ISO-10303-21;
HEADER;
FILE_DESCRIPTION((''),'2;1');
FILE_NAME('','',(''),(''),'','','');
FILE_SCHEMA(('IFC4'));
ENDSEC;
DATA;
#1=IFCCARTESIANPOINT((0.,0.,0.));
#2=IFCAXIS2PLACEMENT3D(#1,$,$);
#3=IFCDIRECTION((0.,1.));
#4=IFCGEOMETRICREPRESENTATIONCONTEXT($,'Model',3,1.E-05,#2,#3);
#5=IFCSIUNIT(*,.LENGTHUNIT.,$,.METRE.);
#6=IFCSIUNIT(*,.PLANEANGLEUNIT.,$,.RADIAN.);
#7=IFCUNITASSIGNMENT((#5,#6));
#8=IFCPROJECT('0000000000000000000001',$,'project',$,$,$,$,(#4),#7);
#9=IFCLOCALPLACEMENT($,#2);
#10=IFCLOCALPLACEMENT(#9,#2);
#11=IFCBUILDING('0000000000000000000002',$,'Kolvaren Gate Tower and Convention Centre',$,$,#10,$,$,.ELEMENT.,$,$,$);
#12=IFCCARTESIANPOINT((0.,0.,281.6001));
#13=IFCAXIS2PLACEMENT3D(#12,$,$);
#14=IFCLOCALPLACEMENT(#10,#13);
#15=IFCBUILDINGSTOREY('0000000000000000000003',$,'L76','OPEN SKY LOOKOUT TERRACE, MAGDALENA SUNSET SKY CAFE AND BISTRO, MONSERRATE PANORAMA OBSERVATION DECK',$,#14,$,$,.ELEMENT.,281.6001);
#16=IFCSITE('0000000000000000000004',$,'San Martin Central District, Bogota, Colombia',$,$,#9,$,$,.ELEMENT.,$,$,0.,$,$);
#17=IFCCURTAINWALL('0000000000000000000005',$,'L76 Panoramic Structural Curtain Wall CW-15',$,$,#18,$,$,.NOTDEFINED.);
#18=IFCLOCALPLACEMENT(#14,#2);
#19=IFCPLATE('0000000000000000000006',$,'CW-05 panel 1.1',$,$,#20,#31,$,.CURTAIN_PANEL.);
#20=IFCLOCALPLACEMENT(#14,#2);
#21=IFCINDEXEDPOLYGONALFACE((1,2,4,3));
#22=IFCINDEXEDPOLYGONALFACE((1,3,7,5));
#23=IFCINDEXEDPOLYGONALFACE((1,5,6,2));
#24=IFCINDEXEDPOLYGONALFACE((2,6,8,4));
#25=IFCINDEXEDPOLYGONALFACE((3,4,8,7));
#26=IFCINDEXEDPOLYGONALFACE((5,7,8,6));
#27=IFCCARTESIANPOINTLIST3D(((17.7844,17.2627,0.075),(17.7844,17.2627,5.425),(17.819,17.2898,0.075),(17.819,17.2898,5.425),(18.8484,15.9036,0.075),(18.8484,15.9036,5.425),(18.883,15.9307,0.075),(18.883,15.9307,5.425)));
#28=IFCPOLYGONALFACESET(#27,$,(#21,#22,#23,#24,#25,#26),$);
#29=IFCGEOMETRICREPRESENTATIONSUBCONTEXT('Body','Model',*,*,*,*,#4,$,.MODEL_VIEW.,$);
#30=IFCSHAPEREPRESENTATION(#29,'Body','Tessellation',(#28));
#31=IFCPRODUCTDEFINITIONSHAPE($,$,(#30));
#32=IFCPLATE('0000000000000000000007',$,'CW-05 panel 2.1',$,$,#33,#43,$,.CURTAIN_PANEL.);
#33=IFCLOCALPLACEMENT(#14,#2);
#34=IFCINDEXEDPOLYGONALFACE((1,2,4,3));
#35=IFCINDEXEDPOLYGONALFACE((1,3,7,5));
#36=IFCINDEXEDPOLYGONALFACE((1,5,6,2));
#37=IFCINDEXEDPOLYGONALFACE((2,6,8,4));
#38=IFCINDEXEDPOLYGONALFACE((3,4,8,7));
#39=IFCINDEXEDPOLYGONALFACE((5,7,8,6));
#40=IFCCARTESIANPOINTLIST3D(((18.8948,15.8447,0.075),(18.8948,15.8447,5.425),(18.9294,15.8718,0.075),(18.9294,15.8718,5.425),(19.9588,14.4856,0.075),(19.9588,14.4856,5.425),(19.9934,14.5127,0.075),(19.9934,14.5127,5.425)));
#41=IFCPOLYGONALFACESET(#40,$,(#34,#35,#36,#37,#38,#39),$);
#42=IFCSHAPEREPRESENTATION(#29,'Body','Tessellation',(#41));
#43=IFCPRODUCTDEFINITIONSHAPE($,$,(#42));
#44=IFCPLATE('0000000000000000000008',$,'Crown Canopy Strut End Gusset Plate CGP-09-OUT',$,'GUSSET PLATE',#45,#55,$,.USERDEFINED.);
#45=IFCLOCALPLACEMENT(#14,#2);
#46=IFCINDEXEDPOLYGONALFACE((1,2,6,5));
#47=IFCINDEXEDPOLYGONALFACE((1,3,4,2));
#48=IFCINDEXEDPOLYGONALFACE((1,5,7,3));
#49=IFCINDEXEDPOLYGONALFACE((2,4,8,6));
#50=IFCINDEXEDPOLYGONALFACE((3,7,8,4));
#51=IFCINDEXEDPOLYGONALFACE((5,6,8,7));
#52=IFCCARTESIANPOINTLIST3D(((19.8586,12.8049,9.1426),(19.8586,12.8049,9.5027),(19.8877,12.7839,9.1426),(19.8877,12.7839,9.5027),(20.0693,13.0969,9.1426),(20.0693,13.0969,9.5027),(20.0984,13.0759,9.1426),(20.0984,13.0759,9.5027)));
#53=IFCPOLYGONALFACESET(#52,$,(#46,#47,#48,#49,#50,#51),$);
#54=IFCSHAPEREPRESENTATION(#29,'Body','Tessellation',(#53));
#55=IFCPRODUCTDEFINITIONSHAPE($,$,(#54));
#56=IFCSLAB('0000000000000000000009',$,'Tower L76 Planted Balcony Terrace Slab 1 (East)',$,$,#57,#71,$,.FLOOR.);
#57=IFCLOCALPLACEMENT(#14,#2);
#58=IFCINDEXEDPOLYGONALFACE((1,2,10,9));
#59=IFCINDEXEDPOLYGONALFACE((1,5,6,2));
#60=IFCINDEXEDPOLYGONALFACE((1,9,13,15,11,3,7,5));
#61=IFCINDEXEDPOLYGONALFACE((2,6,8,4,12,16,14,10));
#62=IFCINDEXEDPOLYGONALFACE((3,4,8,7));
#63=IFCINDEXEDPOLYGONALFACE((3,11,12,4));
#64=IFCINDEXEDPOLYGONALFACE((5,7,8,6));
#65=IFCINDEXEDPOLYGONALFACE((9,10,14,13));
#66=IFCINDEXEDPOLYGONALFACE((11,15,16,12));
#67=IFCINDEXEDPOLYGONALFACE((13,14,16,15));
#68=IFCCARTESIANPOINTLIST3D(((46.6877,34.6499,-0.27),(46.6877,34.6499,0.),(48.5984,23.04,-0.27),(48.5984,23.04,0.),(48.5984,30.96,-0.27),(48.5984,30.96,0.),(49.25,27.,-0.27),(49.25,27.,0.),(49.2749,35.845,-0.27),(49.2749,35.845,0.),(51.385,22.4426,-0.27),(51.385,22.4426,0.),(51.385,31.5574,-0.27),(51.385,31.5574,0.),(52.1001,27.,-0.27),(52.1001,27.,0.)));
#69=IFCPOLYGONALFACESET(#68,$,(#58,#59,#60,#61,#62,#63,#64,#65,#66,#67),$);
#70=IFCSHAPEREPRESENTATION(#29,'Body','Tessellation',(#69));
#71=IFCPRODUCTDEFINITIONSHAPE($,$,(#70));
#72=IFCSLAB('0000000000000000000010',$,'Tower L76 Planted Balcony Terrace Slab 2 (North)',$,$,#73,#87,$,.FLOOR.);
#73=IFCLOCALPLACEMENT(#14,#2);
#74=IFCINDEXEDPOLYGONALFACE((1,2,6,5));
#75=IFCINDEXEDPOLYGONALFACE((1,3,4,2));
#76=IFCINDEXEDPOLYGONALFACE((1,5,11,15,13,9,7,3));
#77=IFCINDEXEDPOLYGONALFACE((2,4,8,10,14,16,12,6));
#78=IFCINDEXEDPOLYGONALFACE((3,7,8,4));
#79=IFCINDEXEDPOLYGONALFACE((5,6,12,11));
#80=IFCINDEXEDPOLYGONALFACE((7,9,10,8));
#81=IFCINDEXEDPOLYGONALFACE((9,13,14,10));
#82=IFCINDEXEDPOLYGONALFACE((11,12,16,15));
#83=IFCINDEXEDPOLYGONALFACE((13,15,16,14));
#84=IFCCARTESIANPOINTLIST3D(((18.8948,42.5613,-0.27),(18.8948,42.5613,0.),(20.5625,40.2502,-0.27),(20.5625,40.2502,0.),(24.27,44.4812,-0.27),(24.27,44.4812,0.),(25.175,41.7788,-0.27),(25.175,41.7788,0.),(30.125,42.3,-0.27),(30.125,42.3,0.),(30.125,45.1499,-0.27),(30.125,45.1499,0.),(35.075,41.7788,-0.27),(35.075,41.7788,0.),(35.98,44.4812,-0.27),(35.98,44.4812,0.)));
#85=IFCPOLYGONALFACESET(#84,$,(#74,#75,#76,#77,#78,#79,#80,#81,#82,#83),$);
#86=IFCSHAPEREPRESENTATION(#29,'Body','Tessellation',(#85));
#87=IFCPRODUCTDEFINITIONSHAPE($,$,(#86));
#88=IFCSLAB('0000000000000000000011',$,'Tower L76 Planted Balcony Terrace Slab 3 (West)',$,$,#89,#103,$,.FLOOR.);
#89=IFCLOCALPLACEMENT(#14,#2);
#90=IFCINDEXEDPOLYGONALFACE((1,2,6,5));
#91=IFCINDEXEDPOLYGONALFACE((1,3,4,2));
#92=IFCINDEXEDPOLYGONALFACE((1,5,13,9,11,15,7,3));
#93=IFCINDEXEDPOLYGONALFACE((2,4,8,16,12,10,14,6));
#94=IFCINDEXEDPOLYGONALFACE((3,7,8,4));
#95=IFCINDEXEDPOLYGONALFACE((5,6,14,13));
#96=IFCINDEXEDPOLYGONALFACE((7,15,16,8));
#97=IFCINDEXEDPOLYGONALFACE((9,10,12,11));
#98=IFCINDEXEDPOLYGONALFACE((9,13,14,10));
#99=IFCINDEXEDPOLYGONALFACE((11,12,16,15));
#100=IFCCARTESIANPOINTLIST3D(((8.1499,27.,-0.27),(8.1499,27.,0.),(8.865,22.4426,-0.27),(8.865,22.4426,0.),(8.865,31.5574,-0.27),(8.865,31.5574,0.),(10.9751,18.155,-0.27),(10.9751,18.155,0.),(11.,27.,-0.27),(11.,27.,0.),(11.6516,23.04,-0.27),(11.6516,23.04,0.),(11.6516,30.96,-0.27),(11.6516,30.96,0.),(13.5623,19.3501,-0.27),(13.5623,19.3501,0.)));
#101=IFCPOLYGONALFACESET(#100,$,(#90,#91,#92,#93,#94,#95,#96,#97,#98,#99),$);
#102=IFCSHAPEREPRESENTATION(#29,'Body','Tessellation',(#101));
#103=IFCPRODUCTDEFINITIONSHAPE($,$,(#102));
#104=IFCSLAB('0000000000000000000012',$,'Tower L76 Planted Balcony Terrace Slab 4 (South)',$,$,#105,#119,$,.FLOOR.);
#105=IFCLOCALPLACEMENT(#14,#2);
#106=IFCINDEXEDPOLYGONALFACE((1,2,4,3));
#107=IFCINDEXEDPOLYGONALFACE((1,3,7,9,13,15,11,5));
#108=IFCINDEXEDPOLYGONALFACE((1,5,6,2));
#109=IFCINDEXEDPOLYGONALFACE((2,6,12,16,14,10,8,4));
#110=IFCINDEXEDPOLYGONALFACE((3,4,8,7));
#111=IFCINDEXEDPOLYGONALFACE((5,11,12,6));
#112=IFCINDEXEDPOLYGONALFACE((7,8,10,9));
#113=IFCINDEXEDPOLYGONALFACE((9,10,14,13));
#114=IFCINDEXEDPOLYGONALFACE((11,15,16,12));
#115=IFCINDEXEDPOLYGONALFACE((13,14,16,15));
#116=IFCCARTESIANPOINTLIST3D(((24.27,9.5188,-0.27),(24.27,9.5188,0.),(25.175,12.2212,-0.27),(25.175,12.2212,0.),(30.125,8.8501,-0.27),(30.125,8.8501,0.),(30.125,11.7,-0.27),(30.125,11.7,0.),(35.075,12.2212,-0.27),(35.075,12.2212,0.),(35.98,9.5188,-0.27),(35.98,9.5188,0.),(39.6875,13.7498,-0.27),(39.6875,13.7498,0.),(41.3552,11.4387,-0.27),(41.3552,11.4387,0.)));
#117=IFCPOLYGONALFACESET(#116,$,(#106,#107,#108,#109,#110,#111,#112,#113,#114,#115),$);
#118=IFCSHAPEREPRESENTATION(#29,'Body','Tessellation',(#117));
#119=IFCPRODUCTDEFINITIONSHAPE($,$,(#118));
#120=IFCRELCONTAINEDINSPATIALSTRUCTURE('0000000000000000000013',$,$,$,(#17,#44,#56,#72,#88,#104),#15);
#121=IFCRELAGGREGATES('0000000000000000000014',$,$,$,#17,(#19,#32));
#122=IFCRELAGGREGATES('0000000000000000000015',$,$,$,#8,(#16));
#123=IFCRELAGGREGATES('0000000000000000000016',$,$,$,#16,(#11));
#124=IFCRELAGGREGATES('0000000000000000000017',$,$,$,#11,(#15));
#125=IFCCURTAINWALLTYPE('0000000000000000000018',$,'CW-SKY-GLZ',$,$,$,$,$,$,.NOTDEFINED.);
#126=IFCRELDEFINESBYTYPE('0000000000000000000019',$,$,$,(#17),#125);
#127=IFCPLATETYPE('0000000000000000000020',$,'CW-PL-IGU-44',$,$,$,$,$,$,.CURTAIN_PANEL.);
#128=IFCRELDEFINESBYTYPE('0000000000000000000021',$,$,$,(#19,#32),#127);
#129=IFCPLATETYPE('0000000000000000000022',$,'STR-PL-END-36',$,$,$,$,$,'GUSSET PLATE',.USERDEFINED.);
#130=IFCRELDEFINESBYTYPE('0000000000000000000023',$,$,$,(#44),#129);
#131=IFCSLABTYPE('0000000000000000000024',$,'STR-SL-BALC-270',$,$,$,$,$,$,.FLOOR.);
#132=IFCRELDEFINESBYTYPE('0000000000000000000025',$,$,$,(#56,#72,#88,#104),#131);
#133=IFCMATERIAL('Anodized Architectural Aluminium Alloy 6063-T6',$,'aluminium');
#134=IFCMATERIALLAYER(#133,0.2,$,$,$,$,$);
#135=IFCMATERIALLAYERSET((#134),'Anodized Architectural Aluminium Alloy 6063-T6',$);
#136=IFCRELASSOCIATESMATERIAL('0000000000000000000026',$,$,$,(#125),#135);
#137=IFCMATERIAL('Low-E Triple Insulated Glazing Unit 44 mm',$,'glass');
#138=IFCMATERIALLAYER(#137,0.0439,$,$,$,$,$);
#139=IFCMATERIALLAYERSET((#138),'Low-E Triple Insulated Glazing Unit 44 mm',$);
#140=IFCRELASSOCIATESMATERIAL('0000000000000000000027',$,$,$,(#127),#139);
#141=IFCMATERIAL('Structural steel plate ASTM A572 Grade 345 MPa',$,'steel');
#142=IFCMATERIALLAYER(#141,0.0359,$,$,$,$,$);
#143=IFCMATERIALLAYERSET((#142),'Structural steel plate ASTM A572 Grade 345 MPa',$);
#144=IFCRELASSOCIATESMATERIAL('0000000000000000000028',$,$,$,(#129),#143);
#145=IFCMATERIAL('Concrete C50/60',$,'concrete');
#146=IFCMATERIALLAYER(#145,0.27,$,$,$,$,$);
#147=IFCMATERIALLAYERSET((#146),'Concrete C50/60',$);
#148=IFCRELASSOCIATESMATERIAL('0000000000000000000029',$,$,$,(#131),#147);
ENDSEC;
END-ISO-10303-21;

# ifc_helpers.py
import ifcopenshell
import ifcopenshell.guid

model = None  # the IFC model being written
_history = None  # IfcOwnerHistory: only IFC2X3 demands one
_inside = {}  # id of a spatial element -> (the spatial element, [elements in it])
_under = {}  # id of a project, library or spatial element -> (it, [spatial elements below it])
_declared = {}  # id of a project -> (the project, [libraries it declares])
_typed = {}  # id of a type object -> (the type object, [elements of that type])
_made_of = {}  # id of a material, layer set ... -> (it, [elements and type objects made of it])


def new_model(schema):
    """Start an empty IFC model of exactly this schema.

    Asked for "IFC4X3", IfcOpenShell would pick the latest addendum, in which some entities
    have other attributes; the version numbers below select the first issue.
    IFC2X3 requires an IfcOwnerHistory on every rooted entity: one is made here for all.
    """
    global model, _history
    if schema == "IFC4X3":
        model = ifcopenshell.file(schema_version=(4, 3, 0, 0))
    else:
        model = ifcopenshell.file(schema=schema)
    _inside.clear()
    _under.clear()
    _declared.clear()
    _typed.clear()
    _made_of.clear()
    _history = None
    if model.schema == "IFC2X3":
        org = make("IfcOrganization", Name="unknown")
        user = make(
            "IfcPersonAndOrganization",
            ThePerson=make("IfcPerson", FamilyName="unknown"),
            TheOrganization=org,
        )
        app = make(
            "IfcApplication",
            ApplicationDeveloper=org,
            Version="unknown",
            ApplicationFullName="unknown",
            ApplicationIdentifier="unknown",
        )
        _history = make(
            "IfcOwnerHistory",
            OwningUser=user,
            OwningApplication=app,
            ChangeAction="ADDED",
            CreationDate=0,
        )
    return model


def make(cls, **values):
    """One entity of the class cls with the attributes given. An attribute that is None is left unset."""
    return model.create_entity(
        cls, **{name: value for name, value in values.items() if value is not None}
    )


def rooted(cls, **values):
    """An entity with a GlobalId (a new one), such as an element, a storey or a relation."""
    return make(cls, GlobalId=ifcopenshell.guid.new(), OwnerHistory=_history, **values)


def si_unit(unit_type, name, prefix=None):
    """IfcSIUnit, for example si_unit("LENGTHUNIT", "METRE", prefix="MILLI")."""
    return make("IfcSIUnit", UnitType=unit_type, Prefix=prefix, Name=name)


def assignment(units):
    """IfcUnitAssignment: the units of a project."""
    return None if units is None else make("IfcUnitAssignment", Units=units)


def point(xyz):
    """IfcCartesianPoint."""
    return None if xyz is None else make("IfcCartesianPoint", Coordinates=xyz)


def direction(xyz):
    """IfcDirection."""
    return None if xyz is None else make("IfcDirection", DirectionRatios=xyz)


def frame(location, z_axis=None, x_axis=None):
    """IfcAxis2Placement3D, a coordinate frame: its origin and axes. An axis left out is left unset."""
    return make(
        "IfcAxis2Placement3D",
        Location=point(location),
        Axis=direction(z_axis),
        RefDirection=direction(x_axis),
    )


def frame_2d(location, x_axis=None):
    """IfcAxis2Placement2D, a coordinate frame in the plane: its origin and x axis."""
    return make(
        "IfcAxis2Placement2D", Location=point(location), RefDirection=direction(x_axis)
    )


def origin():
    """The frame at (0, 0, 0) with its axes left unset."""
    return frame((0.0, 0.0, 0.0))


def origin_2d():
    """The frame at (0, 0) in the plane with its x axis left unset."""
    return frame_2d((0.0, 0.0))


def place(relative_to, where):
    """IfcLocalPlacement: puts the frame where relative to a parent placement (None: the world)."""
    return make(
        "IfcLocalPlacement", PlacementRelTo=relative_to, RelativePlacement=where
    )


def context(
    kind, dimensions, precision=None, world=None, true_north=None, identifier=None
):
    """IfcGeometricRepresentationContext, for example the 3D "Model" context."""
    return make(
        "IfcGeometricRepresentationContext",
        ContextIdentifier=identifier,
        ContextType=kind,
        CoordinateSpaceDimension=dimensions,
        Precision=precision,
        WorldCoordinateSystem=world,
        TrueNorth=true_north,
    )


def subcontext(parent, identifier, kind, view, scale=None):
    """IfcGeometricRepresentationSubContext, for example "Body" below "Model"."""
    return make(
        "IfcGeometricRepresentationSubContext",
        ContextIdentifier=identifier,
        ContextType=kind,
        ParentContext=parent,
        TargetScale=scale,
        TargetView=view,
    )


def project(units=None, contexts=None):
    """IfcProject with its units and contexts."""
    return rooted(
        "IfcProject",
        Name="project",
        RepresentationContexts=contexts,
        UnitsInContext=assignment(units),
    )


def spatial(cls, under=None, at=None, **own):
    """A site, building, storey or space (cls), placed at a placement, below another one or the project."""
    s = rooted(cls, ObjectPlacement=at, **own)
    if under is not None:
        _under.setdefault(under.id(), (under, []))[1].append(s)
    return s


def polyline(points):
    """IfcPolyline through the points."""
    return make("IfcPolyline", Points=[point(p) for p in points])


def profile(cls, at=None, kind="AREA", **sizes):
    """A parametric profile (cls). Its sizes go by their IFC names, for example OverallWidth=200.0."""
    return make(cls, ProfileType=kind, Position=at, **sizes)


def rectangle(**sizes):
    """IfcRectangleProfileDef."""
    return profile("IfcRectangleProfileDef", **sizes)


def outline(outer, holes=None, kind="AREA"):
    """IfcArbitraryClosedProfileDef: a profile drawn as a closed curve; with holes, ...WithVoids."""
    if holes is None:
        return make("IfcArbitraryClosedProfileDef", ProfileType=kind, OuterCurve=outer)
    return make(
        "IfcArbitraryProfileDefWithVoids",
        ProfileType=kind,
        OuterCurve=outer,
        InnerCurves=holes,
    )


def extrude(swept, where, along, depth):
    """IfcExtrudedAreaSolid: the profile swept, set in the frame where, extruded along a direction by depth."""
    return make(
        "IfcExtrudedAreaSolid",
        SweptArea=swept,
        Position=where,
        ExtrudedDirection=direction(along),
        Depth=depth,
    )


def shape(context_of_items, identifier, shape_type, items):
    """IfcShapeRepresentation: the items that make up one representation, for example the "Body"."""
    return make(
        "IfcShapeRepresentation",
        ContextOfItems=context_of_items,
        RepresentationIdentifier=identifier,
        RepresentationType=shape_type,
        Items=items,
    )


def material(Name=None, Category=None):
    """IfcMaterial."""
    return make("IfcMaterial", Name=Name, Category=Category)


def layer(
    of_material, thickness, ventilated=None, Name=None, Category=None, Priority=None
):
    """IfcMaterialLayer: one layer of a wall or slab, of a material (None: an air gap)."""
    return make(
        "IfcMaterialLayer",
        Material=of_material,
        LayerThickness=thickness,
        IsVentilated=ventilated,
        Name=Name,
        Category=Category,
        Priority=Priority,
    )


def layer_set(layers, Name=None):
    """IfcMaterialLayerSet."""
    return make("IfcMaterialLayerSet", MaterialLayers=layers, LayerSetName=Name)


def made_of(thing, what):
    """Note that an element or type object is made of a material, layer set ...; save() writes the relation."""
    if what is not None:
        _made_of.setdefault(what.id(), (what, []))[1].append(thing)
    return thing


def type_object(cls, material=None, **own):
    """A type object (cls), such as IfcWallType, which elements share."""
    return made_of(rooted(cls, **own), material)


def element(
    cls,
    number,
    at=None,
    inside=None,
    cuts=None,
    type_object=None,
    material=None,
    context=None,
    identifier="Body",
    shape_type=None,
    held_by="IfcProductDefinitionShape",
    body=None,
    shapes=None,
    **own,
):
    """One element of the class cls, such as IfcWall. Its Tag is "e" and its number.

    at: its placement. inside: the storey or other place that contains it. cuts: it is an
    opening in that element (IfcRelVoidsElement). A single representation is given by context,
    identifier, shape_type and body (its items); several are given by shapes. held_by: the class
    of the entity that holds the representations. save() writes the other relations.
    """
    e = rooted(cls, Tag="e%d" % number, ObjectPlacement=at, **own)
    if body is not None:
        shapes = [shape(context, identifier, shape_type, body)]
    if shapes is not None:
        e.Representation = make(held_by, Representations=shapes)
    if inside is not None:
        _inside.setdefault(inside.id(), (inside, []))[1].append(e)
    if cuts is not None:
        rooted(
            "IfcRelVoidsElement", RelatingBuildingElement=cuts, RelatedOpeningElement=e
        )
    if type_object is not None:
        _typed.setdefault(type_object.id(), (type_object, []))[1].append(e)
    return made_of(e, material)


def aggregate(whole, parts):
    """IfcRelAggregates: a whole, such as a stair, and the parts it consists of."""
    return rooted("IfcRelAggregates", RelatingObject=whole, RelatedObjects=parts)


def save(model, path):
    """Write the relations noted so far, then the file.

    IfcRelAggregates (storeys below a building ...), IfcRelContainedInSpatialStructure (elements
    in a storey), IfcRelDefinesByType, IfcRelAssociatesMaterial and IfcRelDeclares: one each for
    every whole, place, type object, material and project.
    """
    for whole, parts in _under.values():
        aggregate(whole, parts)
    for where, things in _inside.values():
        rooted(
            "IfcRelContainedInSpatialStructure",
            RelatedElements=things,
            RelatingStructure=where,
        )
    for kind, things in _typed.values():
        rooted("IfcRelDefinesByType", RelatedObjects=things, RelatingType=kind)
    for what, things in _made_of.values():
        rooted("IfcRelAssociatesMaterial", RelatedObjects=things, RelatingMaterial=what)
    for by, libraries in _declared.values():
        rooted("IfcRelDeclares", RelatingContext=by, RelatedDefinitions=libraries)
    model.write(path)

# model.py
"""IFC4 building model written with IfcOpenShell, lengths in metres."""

from ifc_helpers import new_model, si_unit, direction, frame, origin, origin_2d, place, context, subcontext, project, spatial, polyline, rectangle, outline, extrude, material, layer, layer_set, type_object, element, aggregate, save


model = new_model("IFC4")

# Units and contexts
model_context = context("Model", 3, precision=1e-05, world=origin(), true_north=direction((0.0, 1.0)))
body_context = subcontext(model_context, "Body", "Model", "MODEL_VIEW")
ifc_project = project(units=[si_unit("LENGTHUNIT", "METRE"), si_unit("PLANEANGLEUNIT", "RADIAN")], contexts=[model_context])

# Site, building, storey
site_placement = place(None, origin())
site = spatial("IfcSite", under=ifc_project, at=site_placement, Name="San Martin Central District, Bogota, Colombia", CompositionType="ELEMENT", RefElevation=0.0)
building_placement = place(site_placement, origin())
building = spatial("IfcBuilding", under=site, at=building_placement, Name="Kolvaren Gate Tower and Convention Centre", CompositionType="ELEMENT")
storey_placement = place(building_placement, frame((0.0, 0.0, 281.6001)))
storey = spatial("IfcBuildingStorey", under=building, at=storey_placement, Name="L76", Description="OPEN SKY LOOKOUT TERRACE, MAGDALENA SUNSET SKY CAFE AND BISTRO, MONSERRATE PANORAMA OBSERVATION DECK", CompositionType="ELEMENT", Elevation=281.6001)

# Curtain wall
ifc_material_1 = material(Name="Anodized Architectural Aluminium Alloy 6063-T6", Category="aluminium")
ifc_layer_1 = layer(ifc_material_1, 0.2)
ifc_layer_set_1 = layer_set([ifc_layer_1], Name="Anodized Architectural Aluminium Alloy 6063-T6")
curtain_wall_type = type_object("IfcCurtainWallType", Name="CW-SKY-GLZ", PredefinedType="NOTDEFINED", material=ifc_layer_set_1)
curtain_wall_1_placement = place(storey_placement, origin())
curtain_wall_1 = element("IfcCurtainWall", 1, at=curtain_wall_1_placement, inside=storey, type_object=curtain_wall_type, Name="L76 Panoramic Structural Curtain Wall CW-15", PredefinedType="NOTDEFINED")

# Plates
ifc_material_2 = material(Name="Low-E Triple Insulated Glazing Unit 44 mm", Category="glass")
ifc_layer_2 = layer(ifc_material_2, 0.0439)
ifc_layer_set_2 = layer_set([ifc_layer_2], Name="Low-E Triple Insulated Glazing Unit 44 mm")
plate_type_1 = type_object("IfcPlateType", Name="CW-PL-IGU-44", PredefinedType="CURTAIN_PANEL", material=ifc_layer_set_2)
plate_1_placement = place(storey_placement, frame((18.3337, 16.5967, 0.075), z_axis=(0.0, 0.0, 1.0), x_axis=(0.616429, -0.787411, 0.0)))
plate_1 = element("IfcPlate", 2, at=plate_1_placement, type_object=plate_type_1, Name="CW-05 panel 1.1", PredefinedType="CURTAIN_PANEL", context=body_context, shape_type="SweptSolid", body=[
    extrude(rectangle(XDim=1.7261, YDim=0.0439, at=origin_2d()), origin(), (0.0, 0.0, 1.0), 5.3501),
])
plate_2_placement = place(storey_placement, frame((19.4441, 15.1787, 0.075), z_axis=(0.0, 0.0, 1.0), x_axis=(0.616429, -0.787411, 0.0)))
plate_2 = element("IfcPlate", 3, at=plate_2_placement, type_object=plate_type_1, Name="CW-05 panel 2.1", PredefinedType="CURTAIN_PANEL", context=body_context, shape_type="SweptSolid", body=[
    extrude(rectangle(XDim=1.7261, YDim=0.0439, at=origin_2d()), origin(), (0.0, 0.0, 1.0), 5.3501),
])
aggregate(curtain_wall_1, [plate_1, plate_2])
ifc_material_3 = material(Name="Structural steel plate ASTM A572 Grade 345 MPa", Category="steel")
ifc_layer_3 = layer(ifc_material_3, 0.0359)
ifc_layer_set_3 = layer_set([ifc_layer_3], Name="Structural steel plate ASTM A572 Grade 345 MPa")
plate_type_2 = type_object("IfcPlateType", Name="STR-PL-END-36", ElementType="GUSSET PLATE", PredefinedType="USERDEFINED", material=ifc_layer_set_3)
plate_3_placement = place(storey_placement, frame((19.9785, 12.9404, 9.1426), z_axis=(0.0, 0.0, 1.0), x_axis=(-0.585186, -0.810899, 0.0)))
element("IfcPlate", 4, at=plate_3_placement, inside=storey, type_object=plate_type_2, Name="Crown Canopy Strut End Gusset Plate CGP-09-OUT", ObjectType="GUSSET PLATE", PredefinedType="USERDEFINED", context=body_context, shape_type="SweptSolid", body=[
    extrude(rectangle(XDim=0.3601, YDim=0.0359, at=origin_2d()), origin(), (0.0, 0.0, 1.0), 0.3601),
])

# Slabs
ifc_material_4 = material(Name="Concrete C50/60", Category="concrete")
ifc_layer_4 = layer(ifc_material_4, 0.27)
ifc_layer_set_4 = layer_set([ifc_layer_4], Name="Concrete C50/60")
slab_type_1 = type_object("IfcSlabType", Name="STR-SL-BALC-270", PredefinedType="FLOOR", material=ifc_layer_set_4)
slab_1_placement = place(storey_placement, frame((0.0, 0.0, -0.27)))
element("IfcSlab", 5, at=slab_1_placement, inside=storey, type_object=slab_type_1, Name="Tower L76 Planted Balcony Terrace Slab 1 (East)", PredefinedType="FLOOR", context=body_context, shape_type="SweptSolid", body=[
    extrude(outline(polyline([(48.5984, 23.04), (49.25, 27.0), (48.5984, 30.96), (46.6877, 34.6499), (49.2749, 35.845), (51.385, 31.5574), (52.1001, 27.0), (51.385, 22.4426), (48.5984, 23.04)])), origin(), (0.0, 0.0, 1.0), 0.27),
])
slab_2_placement = place(storey_placement, frame((0.0, 0.0, -0.27)))
element("IfcSlab", 6, at=slab_2_placement, inside=storey, type_object=slab_type_1, Name="Tower L76 Planted Balcony Terrace Slab 2 (North)", PredefinedType="FLOOR", context=body_context, shape_type="SweptSolid", body=[
    extrude(outline(polyline([(35.075, 41.7788), (30.125, 42.3), (25.175, 41.7788), (20.5625, 40.2502), (18.8948, 42.5613), (24.27, 44.4812), (30.125, 45.1499), (35.98, 44.4812), (35.075, 41.7788)])), origin(), (0.0, 0.0, 1.0), 0.27),
])
slab_3_placement = place(storey_placement, frame((0.0, 0.0, -0.27)))
element("IfcSlab", 7, at=slab_3_placement, inside=storey, type_object=slab_type_1, Name="Tower L76 Planted Balcony Terrace Slab 3 (West)", PredefinedType="FLOOR", context=body_context, shape_type="SweptSolid", body=[
    extrude(outline(polyline([(11.6516, 30.96), (11.0, 27.0), (11.6516, 23.04), (13.5623, 19.3501), (10.9751, 18.155), (8.865, 22.4426), (8.1499, 27.0), (8.865, 31.5574), (11.6516, 30.96)])), origin(), (0.0, 0.0, 1.0), 0.27),
])
slab_4_placement = place(storey_placement, frame((0.0, 0.0, -0.27)))
element("IfcSlab", 8, at=slab_4_placement, inside=storey, type_object=slab_type_1, Name="Tower L76 Planted Balcony Terrace Slab 4 (South)", PredefinedType="FLOOR", context=body_context, shape_type="SweptSolid", body=[
    extrude(outline(polyline([(25.175, 12.2212), (30.125, 11.7), (35.075, 12.2212), (39.6875, 13.7498), (41.3552, 11.4387), (35.98, 9.5188), (30.125, 8.8501), (24.27, 9.5188), (25.175, 12.2212)])), origin(), (0.0, 0.0, 1.0), 0.27),
])

save(model, "model.ifc")
